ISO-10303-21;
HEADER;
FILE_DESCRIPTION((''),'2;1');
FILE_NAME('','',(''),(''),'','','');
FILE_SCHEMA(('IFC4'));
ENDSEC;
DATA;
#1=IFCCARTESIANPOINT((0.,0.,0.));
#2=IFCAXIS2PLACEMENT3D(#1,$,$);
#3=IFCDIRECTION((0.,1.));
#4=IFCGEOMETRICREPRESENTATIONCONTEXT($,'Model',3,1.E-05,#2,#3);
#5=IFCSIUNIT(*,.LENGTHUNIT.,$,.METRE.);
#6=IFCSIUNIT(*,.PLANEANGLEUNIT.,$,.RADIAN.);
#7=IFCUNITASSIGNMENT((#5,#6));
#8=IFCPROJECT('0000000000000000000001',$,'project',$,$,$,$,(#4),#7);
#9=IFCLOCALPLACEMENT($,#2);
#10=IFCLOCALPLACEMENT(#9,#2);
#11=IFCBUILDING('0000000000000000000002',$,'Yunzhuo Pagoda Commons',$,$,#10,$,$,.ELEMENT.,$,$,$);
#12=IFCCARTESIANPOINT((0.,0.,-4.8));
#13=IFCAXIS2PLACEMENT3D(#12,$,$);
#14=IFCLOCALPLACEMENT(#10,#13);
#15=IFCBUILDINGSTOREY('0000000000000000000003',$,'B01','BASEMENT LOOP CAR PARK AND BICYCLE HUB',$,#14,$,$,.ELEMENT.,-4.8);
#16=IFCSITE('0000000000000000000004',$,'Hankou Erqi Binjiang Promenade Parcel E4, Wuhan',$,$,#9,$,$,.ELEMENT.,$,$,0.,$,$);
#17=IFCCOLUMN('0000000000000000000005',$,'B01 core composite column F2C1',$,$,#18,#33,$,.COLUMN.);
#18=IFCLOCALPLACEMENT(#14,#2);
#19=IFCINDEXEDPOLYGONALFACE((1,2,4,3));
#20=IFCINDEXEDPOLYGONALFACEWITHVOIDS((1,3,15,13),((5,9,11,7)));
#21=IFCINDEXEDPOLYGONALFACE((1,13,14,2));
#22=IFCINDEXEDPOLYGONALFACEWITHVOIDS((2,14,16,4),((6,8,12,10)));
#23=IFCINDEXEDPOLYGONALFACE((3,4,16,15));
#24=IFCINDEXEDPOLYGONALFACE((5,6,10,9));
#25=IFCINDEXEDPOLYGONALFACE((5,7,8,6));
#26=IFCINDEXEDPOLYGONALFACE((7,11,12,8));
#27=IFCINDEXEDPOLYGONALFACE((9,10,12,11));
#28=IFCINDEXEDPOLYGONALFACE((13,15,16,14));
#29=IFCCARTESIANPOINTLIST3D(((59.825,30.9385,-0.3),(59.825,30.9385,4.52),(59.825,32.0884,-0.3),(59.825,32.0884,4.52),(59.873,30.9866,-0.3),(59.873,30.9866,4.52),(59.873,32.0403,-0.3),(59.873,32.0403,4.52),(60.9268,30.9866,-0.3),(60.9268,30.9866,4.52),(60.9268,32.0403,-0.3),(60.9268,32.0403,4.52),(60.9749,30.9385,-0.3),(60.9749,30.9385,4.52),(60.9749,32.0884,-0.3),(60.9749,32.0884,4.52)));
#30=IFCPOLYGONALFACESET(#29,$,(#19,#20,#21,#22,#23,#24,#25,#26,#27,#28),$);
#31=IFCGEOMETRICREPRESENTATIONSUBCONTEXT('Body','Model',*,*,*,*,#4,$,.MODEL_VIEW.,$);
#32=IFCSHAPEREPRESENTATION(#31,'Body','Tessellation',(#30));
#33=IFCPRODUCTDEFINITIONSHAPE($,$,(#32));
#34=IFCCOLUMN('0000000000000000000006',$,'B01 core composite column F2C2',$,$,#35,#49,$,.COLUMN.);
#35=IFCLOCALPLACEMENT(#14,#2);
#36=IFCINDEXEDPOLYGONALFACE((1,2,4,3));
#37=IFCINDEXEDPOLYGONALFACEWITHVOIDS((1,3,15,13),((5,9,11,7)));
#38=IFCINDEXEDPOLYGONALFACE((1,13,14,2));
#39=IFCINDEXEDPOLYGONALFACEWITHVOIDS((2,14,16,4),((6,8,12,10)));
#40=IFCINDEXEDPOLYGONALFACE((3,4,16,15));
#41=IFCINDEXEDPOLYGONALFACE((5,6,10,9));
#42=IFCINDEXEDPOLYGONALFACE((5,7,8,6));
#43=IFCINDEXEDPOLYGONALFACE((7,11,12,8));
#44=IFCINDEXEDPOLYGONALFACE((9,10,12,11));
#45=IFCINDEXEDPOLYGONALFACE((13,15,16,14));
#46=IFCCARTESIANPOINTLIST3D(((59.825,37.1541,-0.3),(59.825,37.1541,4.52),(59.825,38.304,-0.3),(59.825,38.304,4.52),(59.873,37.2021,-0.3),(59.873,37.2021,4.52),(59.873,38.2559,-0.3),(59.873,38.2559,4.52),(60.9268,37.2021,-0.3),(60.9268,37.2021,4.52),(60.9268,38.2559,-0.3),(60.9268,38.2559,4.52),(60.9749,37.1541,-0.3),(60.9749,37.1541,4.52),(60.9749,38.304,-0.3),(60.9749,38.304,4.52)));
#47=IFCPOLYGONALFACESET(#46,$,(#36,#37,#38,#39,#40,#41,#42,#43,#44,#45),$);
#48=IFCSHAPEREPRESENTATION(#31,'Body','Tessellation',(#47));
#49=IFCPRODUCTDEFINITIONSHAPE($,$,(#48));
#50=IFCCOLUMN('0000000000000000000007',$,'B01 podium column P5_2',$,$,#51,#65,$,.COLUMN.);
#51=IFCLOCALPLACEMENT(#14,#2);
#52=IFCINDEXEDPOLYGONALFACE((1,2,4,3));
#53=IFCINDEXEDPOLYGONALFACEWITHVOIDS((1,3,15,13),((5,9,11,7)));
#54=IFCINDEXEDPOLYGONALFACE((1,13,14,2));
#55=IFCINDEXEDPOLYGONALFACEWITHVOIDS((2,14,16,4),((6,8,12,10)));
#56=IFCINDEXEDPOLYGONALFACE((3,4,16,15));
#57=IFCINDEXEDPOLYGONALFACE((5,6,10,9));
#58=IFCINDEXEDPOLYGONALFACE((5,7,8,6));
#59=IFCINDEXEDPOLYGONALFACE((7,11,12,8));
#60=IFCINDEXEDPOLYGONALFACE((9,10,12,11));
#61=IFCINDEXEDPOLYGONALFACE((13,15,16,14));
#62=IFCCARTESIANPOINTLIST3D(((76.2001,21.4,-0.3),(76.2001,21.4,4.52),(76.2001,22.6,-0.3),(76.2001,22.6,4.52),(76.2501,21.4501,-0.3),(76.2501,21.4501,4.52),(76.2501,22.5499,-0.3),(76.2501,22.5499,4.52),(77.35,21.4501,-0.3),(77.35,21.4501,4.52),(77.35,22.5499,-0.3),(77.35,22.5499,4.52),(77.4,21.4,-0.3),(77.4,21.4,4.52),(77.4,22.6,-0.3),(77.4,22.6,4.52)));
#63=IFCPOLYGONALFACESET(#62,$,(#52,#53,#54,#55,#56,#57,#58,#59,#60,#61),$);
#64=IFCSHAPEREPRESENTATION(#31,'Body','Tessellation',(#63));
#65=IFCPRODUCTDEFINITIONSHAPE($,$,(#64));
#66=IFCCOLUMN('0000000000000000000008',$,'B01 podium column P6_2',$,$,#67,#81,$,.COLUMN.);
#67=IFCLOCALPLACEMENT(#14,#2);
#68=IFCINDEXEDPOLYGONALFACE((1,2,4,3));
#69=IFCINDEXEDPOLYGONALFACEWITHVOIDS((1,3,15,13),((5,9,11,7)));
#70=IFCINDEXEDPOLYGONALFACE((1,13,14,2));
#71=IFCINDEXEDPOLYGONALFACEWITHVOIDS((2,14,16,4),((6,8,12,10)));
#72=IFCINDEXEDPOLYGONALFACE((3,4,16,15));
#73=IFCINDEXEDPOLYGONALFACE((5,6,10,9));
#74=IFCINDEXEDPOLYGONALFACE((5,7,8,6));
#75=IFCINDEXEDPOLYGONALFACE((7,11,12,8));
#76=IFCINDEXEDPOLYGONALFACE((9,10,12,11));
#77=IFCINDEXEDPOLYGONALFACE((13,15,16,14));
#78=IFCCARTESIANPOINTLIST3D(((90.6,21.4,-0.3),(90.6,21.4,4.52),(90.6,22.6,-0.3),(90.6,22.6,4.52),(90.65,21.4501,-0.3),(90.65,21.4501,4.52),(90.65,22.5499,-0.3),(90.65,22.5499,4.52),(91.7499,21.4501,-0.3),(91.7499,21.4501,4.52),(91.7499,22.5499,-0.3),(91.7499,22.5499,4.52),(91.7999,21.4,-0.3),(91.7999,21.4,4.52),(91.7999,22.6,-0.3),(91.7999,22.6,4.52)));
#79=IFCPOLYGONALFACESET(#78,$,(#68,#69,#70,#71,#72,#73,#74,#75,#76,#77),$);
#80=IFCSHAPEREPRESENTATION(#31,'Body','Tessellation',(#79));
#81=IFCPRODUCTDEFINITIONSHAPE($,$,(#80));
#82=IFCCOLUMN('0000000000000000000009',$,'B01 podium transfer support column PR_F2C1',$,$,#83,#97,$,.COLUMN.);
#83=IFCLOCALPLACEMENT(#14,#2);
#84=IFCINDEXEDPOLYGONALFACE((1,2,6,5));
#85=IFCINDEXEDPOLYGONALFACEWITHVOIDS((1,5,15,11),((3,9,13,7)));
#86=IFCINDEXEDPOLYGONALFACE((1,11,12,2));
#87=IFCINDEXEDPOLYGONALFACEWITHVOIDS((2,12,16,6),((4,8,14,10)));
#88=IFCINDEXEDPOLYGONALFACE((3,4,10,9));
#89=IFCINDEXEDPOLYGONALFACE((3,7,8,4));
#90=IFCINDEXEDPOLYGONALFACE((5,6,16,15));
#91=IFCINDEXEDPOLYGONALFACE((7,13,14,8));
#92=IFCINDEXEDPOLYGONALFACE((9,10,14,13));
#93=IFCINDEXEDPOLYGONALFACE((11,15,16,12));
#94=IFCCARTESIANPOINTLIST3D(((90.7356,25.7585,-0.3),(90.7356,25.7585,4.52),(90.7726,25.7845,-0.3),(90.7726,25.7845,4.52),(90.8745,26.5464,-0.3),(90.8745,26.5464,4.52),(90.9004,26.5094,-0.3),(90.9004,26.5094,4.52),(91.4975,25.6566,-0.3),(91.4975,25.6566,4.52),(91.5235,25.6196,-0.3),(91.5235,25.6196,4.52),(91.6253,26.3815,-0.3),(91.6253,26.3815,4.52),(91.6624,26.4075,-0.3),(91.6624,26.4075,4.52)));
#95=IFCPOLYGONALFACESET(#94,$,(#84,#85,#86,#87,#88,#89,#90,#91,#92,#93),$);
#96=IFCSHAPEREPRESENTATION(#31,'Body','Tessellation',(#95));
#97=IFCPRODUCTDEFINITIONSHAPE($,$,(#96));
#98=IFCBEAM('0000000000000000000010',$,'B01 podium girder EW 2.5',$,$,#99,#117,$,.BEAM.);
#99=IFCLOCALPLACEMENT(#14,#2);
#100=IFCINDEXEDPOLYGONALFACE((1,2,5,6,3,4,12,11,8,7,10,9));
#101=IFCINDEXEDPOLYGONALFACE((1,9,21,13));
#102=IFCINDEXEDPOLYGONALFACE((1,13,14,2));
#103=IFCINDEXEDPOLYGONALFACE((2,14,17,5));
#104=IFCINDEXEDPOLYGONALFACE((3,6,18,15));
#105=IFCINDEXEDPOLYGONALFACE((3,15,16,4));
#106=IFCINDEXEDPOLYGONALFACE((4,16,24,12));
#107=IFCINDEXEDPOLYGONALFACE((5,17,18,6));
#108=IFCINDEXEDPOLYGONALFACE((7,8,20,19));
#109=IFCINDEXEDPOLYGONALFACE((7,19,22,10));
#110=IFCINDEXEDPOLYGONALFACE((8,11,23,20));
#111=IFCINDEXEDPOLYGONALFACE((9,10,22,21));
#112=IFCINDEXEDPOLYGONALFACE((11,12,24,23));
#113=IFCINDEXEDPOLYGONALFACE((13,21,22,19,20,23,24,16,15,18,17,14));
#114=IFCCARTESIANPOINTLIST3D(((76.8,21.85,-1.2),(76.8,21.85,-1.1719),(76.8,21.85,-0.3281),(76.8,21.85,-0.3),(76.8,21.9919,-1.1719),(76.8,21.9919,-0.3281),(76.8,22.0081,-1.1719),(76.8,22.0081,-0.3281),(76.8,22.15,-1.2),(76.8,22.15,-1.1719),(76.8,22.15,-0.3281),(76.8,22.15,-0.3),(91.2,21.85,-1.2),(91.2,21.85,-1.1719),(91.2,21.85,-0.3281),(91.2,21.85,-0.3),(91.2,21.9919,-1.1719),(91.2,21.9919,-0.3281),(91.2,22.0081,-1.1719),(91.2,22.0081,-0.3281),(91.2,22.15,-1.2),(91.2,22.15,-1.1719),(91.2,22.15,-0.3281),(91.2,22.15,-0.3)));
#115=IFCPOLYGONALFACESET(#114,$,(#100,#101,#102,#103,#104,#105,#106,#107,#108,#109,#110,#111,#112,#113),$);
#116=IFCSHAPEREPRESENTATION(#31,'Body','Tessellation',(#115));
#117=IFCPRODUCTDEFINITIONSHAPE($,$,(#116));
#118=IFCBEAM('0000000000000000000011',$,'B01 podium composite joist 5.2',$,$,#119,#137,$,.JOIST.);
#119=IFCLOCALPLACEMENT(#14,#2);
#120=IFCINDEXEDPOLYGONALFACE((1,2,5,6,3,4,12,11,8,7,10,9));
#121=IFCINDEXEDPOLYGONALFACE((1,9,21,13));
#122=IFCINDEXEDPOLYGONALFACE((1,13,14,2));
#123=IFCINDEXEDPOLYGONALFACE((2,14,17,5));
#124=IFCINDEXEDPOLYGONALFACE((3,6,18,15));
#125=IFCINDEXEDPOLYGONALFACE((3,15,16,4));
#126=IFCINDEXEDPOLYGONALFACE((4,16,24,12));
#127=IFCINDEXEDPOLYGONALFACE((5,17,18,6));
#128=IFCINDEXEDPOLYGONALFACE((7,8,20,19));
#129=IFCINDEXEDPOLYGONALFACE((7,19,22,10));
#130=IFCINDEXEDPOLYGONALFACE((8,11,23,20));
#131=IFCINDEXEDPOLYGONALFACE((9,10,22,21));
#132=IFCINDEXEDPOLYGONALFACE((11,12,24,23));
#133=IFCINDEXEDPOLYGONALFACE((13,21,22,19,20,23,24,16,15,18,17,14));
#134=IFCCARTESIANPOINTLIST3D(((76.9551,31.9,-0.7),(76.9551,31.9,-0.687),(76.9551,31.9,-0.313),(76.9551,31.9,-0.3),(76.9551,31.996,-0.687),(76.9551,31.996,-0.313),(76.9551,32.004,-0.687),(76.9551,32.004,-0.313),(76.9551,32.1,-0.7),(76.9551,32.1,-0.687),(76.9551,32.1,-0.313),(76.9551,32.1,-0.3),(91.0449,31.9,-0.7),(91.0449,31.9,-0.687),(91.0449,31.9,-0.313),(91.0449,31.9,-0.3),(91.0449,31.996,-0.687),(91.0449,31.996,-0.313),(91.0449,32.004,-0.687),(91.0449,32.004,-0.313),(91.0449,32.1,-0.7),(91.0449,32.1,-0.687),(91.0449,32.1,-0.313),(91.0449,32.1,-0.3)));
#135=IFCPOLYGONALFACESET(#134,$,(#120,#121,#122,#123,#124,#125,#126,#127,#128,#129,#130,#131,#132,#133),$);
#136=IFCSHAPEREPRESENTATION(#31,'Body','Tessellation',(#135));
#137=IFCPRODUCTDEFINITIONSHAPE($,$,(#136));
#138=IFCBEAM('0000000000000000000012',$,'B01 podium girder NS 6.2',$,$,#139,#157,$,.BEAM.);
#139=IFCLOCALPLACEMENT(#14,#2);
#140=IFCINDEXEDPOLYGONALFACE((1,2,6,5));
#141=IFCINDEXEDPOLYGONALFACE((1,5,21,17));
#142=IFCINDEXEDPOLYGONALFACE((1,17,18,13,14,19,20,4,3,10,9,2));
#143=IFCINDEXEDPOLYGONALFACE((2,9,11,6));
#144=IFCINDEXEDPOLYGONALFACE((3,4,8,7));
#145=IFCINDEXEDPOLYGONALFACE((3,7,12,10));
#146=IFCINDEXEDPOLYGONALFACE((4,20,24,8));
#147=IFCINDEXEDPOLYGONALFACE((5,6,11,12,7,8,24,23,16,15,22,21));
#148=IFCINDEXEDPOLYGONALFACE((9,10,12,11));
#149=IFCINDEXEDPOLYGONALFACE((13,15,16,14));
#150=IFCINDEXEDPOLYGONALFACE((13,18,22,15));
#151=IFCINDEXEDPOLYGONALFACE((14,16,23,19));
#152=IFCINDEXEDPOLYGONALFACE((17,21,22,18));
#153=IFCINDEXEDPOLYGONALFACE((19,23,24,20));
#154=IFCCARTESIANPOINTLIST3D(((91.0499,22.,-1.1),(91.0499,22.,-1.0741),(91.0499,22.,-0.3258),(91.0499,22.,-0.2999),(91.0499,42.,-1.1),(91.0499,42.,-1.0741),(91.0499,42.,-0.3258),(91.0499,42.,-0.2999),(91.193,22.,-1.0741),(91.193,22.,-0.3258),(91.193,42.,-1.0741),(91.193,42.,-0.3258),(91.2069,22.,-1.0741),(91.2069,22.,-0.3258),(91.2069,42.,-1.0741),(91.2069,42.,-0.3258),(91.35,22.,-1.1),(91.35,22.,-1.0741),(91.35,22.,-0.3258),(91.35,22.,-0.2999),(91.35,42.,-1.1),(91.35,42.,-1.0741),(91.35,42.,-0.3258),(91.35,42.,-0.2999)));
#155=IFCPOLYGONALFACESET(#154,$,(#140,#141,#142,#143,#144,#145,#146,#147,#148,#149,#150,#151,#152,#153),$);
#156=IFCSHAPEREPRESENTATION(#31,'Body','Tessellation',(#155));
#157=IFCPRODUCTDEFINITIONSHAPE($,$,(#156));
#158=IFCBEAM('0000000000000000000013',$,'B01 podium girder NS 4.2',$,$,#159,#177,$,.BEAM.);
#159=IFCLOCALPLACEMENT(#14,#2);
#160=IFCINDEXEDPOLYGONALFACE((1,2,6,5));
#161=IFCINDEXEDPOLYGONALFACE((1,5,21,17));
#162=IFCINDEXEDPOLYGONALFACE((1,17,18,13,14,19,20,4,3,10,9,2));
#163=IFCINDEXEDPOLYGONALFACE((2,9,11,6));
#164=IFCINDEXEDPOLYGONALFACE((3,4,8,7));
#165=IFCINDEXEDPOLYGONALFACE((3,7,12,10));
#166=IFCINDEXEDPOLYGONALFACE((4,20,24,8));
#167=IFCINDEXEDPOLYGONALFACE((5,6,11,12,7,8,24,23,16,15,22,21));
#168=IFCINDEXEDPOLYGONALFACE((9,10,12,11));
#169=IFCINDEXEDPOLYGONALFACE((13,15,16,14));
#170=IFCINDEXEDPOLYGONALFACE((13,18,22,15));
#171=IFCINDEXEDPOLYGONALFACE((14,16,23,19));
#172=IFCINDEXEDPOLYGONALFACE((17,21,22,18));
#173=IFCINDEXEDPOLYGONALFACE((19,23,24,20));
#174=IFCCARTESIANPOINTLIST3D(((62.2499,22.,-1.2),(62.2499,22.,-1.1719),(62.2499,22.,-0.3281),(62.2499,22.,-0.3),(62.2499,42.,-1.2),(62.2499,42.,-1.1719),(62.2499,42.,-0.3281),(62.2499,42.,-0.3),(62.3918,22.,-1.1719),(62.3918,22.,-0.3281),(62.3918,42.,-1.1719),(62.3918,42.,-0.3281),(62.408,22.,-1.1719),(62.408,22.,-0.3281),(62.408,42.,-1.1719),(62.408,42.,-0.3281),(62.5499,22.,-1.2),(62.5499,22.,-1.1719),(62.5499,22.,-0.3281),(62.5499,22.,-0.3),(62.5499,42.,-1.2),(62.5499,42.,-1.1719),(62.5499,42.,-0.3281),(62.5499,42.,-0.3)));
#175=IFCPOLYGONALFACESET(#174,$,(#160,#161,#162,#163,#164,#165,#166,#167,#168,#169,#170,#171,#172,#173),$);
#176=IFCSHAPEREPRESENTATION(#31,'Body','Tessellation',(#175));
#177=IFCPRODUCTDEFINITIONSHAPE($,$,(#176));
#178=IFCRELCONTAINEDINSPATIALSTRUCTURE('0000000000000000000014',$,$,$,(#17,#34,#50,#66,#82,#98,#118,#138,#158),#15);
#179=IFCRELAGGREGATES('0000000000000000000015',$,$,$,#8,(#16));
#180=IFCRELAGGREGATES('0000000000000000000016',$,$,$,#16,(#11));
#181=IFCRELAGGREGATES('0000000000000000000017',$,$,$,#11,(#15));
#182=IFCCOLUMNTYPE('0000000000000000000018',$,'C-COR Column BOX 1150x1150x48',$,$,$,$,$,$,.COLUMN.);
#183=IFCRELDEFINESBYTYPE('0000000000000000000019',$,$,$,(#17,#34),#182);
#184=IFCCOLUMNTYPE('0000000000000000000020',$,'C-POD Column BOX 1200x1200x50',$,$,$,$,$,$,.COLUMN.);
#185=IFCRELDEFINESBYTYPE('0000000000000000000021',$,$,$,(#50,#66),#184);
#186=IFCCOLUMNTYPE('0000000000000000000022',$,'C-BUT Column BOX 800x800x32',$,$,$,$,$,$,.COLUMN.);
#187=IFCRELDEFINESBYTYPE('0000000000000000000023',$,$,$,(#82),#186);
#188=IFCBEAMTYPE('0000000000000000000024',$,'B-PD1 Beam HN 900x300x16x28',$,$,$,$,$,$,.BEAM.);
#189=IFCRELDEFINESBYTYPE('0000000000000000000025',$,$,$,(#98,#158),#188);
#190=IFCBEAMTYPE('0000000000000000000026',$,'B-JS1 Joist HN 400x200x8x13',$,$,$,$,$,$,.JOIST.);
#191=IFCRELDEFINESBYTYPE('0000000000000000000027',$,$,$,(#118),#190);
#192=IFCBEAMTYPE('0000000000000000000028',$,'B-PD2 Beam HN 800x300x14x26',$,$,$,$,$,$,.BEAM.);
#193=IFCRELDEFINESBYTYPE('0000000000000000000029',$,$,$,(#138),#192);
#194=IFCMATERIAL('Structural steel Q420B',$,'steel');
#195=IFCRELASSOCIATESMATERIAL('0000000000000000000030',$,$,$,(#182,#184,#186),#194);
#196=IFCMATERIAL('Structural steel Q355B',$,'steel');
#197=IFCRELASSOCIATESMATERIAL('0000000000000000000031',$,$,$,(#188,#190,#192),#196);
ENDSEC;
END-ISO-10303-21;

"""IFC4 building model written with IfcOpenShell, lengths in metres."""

from ifc_helpers import new_model, si_unit, direction, frame, origin, origin_2d, place, context, subcontext, project, spatial, hollow_rectangle, i_section, extrude, source, transform, mapped, material, material_profile, profile_set, type_object, element, save


model = new_model("IFC4")

# Units and contexts
model_context = context("Model", 3, precision=1e-05, world=origin(), true_north=direction((0.0, 1.0)))
body_context = subcontext(model_context, "Body", "Model", "MODEL_VIEW")
ifc_project = project(units=[si_unit("LENGTHUNIT", "METRE"), si_unit("PLANEANGLEUNIT", "RADIAN")], contexts=[model_context])

# Site, building, storey
site_placement = place(None, origin())
site = spatial("IfcSite", under=ifc_project, at=site_placement, Name="Hankou Erqi Binjiang Promenade Parcel E4, Wuhan", CompositionType="ELEMENT", RefElevation=0.0)
building_placement = place(site_placement, origin())
building = spatial("IfcBuilding", under=site, at=building_placement, Name="Yunzhuo Pagoda Commons", CompositionType="ELEMENT")
storey_placement = place(building_placement, frame((0.0, 0.0, -4.8)))
storey = spatial("IfcBuildingStorey", under=building, at=storey_placement, Name="B01", Description="BASEMENT LOOP CAR PARK AND BICYCLE HUB", CompositionType="ELEMENT", Elevation=-4.8)

# Columns
ifc_material_1 = material(Name="Structural steel Q420B", Category="steel")
ifc_material_profile_1 = material_profile(ifc_material_1, hollow_rectangle(XDim=1.1499, YDim=1.1499, WallThickness=0.0481, at=origin_2d()), Name="Structural steel Q420B")
ifc_profile_set_1 = profile_set([ifc_material_profile_1], Name="Structural steel Q420B")
column_type_1 = type_object("IfcColumnType", Name="C-COR Column BOX 1150x1150x48", PredefinedType="COLUMN", material=ifc_profile_set_1)
shared_shape_1 = source(origin(), body_context, "Body", "SweptSolid", [
    extrude(hollow_rectangle(XDim=1.1499, YDim=1.1499, WallThickness=0.0481, at=origin_2d()), origin(), (0.0, 0.0, 1.0), 4.8201),
])
for number, where, z_axis, x_axis, name in (
    (1, (60.3999, 31.5134, -0.3), (0.0, 0.0, 1.0), (1.0, 0.0, 0.0), "B01 core composite column F2C1"),
    (2, (60.3999, 37.729, -0.3), (0.0, 0.0, 1.0), (1.0, 0.0, 0.0), "B01 core composite column F2C2"),
):
    element("IfcColumn", number, at=place(storey_placement, frame(where, z_axis=z_axis, x_axis=x_axis)), inside=storey, type_object=column_type_1, Name=name, PredefinedType="COLUMN", context=body_context, shape_type="MappedRepresentation", body=[
        mapped(shared_shape_1, transform((0.0, 0.0, 0.0), scale=1.0)),
    ])
ifc_material_profile_2 = material_profile(ifc_material_1, hollow_rectangle(XDim=1.2, YDim=1.2, WallThickness=0.05, at=origin_2d()), Name="Structural steel Q420B")
ifc_profile_set_2 = profile_set([ifc_material_profile_2], Name="Structural steel Q420B")
column_type_2 = type_object("IfcColumnType", Name="C-POD Column BOX 1200x1200x50", PredefinedType="COLUMN", material=ifc_profile_set_2)
shared_shape_2 = source(origin(), body_context, "Body", "SweptSolid", [
    extrude(hollow_rectangle(XDim=1.2, YDim=1.2, WallThickness=0.05, at=origin_2d()), origin(), (0.0, 0.0, 1.0), 4.8201),
])
for number, where, z_axis, x_axis, name in (
    (3, (76.8, 22.0, -0.3), (0.0, 0.0, 1.0), (1.0, 0.0, 0.0), "B01 podium column P5_2"),
    (4, (91.2, 22.0, -0.3), (0.0, 0.0, 1.0), (1.0, 0.0, 0.0), "B01 podium column P6_2"),
):
    element("IfcColumn", number, at=place(storey_placement, frame(where, z_axis=z_axis, x_axis=x_axis)), inside=storey, type_object=column_type_2, Name=name, PredefinedType="COLUMN", context=body_context, shape_type="MappedRepresentation", body=[
        mapped(shared_shape_2, transform((0.0, 0.0, 0.0), scale=1.0)),
    ])
ifc_material_profile_3 = material_profile(ifc_material_1, hollow_rectangle(XDim=0.8, YDim=0.8, WallThickness=0.032, at=origin_2d()), Name="Structural steel Q420B")
ifc_profile_set_3 = profile_set([ifc_material_profile_3], Name="Structural steel Q420B")
column_type_3 = type_object("IfcColumnType", Name="C-BUT Column BOX 800x800x32", PredefinedType="COLUMN", material=ifc_profile_set_3)
shared_shape_3 = source(origin(), body_context, "Body", "SweptSolid", [
    extrude(hollow_rectangle(XDim=0.8, YDim=0.8, WallThickness=0.032, at=origin_2d()), origin(), (0.0, 0.0, 1.0), 4.8201),
])
column_placement = place(storey_placement, frame((91.199, 26.083, -0.3), z_axis=(0.0, 0.0, 1.0), x_axis=(0.173648, 0.984808, 0.0)))
element("IfcColumn", 5, at=column_placement, inside=storey, type_object=column_type_3, Name="B01 podium transfer support column PR_F2C1", PredefinedType="COLUMN", context=body_context, shape_type="MappedRepresentation", body=[
    mapped(shared_shape_3, transform((0.0, 0.0, 0.0), scale=1.0)),
])

# Beams
ifc_material_2 = material(Name="Structural steel Q355B", Category="steel")
ifc_material_profile_4 = material_profile(ifc_material_2, i_section(OverallWidth=0.3, OverallDepth=0.8999, WebThickness=0.0161, FlangeThickness=0.0281, at=origin_2d()), Name="Structural steel Q355B")
ifc_profile_set_4 = profile_set([ifc_material_profile_4], Name="Structural steel Q355B")
beam_type_1 = type_object("IfcBeamType", Name="B-PD1 Beam HN 900x300x16x28", PredefinedType="BEAM", material=ifc_profile_set_4)
shared_shape_4 = source(origin(), body_context, "Body", "SweptSolid", [
    extrude(i_section(OverallWidth=0.3, OverallDepth=0.8999, WebThickness=0.0161, FlangeThickness=0.0281, at=origin_2d()), origin(), (0.0, 0.0, 1.0), 14.3999),
])
beam_1_placement = place(storey_placement, frame((76.8, 22.0, -0.75), z_axis=(1.0, 0.0, 0.0), x_axis=(0.0, 1.0, 0.0)))
element("IfcBeam", 6, at=beam_1_placement, inside=storey, type_object=beam_type_1, Name="B01 podium girder EW 2.5", PredefinedType="BEAM", context=body_context, shape_type="MappedRepresentation", body=[
    mapped(shared_shape_4, transform((0.0, 0.0, 0.0), scale=1.0)),
])
ifc_material_profile_5 = material_profile(ifc_material_2, i_section(OverallWidth=0.2, OverallDepth=0.3999, WebThickness=0.0081, FlangeThickness=0.0129, at=origin_2d()), Name="Structural steel Q355B")
ifc_profile_set_5 = profile_set([ifc_material_profile_5], Name="Structural steel Q355B")
beam_type_2 = type_object("IfcBeamType", Name="B-JS1 Joist HN 400x200x8x13", PredefinedType="JOIST", material=ifc_profile_set_5)
shared_shape_5 = source(origin(), body_context, "Body", "SweptSolid", [
    extrude(i_section(OverallWidth=0.2, OverallDepth=0.3999, WebThickness=0.0081, FlangeThickness=0.0129, at=origin_2d()), origin(), (0.0, 0.0, 1.0), 14.0898),
])
beam_2_placement = place(storey_placement, frame((76.9551, 32.0, -0.5), z_axis=(1.0, 0.0, 0.0), x_axis=(0.0, 1.0, 0.0)))
element("IfcBeam", 7, at=beam_2_placement, inside=storey, type_object=beam_type_2, Name="B01 podium composite joist 5.2", PredefinedType="JOIST", context=body_context, shape_type="MappedRepresentation", body=[
    mapped(shared_shape_5, transform((0.0, 0.0, 0.0), scale=1.0)),
])
ifc_material_profile_6 = material_profile(ifc_material_2, i_section(OverallWidth=0.3, OverallDepth=0.8, WebThickness=0.0139, FlangeThickness=0.0259, at=origin_2d()), Name="Structural steel Q355B")
ifc_profile_set_6 = profile_set([ifc_material_profile_6], Name="Structural steel Q355B")
beam_type_3 = type_object("IfcBeamType", Name="B-PD2 Beam HN 800x300x14x26", PredefinedType="BEAM", material=ifc_profile_set_6)
shared_shape_6 = source(origin(), body_context, "Body", "SweptSolid", [
    extrude(i_section(OverallWidth=0.3, OverallDepth=0.8, WebThickness=0.0139, FlangeThickness=0.0259, at=origin_2d()), origin(), (0.0, 0.0, 1.0), 20.0),
])
beam_3_placement = place(storey_placement, frame((91.2, 22.0, -0.7), z_axis=(0.0, 1.0, 0.0), x_axis=(-1.0, 0.0, 0.0)))
element("IfcBeam", 8, at=beam_3_placement, inside=storey, type_object=beam_type_3, Name="B01 podium girder NS 6.2", PredefinedType="BEAM", context=body_context, shape_type="MappedRepresentation", body=[
    mapped(shared_shape_6, transform((0.0, 0.0, 0.0), scale=1.0)),
])
shared_shape_7 = source(origin(), body_context, "Body", "SweptSolid", [
    extrude(i_section(OverallWidth=0.3, OverallDepth=0.8999, WebThickness=0.0161, FlangeThickness=0.0281, at=origin_2d()), origin(), (0.0, 0.0, 1.0), 20.0),
])
for number, where, z_axis, x_axis, name in (
    (9, (62.3999, 22.0, -0.75), (0.0, 1.0, 0.0), (-1.0, 0.0, 0.0), "B01 podium girder NS 4.2"),
):
    element("IfcBeam", number, at=place(storey_placement, frame(where, z_axis=z_axis, x_axis=x_axis)), inside=storey, type_object=beam_type_1, Name=name, PredefinedType="BEAM", context=body_context, shape_type="MappedRepresentation", body=[
        mapped(shared_shape_7, transform((0.0, 0.0, 0.0), scale=1.0)),
    ])

save(model, "model.ifc")
